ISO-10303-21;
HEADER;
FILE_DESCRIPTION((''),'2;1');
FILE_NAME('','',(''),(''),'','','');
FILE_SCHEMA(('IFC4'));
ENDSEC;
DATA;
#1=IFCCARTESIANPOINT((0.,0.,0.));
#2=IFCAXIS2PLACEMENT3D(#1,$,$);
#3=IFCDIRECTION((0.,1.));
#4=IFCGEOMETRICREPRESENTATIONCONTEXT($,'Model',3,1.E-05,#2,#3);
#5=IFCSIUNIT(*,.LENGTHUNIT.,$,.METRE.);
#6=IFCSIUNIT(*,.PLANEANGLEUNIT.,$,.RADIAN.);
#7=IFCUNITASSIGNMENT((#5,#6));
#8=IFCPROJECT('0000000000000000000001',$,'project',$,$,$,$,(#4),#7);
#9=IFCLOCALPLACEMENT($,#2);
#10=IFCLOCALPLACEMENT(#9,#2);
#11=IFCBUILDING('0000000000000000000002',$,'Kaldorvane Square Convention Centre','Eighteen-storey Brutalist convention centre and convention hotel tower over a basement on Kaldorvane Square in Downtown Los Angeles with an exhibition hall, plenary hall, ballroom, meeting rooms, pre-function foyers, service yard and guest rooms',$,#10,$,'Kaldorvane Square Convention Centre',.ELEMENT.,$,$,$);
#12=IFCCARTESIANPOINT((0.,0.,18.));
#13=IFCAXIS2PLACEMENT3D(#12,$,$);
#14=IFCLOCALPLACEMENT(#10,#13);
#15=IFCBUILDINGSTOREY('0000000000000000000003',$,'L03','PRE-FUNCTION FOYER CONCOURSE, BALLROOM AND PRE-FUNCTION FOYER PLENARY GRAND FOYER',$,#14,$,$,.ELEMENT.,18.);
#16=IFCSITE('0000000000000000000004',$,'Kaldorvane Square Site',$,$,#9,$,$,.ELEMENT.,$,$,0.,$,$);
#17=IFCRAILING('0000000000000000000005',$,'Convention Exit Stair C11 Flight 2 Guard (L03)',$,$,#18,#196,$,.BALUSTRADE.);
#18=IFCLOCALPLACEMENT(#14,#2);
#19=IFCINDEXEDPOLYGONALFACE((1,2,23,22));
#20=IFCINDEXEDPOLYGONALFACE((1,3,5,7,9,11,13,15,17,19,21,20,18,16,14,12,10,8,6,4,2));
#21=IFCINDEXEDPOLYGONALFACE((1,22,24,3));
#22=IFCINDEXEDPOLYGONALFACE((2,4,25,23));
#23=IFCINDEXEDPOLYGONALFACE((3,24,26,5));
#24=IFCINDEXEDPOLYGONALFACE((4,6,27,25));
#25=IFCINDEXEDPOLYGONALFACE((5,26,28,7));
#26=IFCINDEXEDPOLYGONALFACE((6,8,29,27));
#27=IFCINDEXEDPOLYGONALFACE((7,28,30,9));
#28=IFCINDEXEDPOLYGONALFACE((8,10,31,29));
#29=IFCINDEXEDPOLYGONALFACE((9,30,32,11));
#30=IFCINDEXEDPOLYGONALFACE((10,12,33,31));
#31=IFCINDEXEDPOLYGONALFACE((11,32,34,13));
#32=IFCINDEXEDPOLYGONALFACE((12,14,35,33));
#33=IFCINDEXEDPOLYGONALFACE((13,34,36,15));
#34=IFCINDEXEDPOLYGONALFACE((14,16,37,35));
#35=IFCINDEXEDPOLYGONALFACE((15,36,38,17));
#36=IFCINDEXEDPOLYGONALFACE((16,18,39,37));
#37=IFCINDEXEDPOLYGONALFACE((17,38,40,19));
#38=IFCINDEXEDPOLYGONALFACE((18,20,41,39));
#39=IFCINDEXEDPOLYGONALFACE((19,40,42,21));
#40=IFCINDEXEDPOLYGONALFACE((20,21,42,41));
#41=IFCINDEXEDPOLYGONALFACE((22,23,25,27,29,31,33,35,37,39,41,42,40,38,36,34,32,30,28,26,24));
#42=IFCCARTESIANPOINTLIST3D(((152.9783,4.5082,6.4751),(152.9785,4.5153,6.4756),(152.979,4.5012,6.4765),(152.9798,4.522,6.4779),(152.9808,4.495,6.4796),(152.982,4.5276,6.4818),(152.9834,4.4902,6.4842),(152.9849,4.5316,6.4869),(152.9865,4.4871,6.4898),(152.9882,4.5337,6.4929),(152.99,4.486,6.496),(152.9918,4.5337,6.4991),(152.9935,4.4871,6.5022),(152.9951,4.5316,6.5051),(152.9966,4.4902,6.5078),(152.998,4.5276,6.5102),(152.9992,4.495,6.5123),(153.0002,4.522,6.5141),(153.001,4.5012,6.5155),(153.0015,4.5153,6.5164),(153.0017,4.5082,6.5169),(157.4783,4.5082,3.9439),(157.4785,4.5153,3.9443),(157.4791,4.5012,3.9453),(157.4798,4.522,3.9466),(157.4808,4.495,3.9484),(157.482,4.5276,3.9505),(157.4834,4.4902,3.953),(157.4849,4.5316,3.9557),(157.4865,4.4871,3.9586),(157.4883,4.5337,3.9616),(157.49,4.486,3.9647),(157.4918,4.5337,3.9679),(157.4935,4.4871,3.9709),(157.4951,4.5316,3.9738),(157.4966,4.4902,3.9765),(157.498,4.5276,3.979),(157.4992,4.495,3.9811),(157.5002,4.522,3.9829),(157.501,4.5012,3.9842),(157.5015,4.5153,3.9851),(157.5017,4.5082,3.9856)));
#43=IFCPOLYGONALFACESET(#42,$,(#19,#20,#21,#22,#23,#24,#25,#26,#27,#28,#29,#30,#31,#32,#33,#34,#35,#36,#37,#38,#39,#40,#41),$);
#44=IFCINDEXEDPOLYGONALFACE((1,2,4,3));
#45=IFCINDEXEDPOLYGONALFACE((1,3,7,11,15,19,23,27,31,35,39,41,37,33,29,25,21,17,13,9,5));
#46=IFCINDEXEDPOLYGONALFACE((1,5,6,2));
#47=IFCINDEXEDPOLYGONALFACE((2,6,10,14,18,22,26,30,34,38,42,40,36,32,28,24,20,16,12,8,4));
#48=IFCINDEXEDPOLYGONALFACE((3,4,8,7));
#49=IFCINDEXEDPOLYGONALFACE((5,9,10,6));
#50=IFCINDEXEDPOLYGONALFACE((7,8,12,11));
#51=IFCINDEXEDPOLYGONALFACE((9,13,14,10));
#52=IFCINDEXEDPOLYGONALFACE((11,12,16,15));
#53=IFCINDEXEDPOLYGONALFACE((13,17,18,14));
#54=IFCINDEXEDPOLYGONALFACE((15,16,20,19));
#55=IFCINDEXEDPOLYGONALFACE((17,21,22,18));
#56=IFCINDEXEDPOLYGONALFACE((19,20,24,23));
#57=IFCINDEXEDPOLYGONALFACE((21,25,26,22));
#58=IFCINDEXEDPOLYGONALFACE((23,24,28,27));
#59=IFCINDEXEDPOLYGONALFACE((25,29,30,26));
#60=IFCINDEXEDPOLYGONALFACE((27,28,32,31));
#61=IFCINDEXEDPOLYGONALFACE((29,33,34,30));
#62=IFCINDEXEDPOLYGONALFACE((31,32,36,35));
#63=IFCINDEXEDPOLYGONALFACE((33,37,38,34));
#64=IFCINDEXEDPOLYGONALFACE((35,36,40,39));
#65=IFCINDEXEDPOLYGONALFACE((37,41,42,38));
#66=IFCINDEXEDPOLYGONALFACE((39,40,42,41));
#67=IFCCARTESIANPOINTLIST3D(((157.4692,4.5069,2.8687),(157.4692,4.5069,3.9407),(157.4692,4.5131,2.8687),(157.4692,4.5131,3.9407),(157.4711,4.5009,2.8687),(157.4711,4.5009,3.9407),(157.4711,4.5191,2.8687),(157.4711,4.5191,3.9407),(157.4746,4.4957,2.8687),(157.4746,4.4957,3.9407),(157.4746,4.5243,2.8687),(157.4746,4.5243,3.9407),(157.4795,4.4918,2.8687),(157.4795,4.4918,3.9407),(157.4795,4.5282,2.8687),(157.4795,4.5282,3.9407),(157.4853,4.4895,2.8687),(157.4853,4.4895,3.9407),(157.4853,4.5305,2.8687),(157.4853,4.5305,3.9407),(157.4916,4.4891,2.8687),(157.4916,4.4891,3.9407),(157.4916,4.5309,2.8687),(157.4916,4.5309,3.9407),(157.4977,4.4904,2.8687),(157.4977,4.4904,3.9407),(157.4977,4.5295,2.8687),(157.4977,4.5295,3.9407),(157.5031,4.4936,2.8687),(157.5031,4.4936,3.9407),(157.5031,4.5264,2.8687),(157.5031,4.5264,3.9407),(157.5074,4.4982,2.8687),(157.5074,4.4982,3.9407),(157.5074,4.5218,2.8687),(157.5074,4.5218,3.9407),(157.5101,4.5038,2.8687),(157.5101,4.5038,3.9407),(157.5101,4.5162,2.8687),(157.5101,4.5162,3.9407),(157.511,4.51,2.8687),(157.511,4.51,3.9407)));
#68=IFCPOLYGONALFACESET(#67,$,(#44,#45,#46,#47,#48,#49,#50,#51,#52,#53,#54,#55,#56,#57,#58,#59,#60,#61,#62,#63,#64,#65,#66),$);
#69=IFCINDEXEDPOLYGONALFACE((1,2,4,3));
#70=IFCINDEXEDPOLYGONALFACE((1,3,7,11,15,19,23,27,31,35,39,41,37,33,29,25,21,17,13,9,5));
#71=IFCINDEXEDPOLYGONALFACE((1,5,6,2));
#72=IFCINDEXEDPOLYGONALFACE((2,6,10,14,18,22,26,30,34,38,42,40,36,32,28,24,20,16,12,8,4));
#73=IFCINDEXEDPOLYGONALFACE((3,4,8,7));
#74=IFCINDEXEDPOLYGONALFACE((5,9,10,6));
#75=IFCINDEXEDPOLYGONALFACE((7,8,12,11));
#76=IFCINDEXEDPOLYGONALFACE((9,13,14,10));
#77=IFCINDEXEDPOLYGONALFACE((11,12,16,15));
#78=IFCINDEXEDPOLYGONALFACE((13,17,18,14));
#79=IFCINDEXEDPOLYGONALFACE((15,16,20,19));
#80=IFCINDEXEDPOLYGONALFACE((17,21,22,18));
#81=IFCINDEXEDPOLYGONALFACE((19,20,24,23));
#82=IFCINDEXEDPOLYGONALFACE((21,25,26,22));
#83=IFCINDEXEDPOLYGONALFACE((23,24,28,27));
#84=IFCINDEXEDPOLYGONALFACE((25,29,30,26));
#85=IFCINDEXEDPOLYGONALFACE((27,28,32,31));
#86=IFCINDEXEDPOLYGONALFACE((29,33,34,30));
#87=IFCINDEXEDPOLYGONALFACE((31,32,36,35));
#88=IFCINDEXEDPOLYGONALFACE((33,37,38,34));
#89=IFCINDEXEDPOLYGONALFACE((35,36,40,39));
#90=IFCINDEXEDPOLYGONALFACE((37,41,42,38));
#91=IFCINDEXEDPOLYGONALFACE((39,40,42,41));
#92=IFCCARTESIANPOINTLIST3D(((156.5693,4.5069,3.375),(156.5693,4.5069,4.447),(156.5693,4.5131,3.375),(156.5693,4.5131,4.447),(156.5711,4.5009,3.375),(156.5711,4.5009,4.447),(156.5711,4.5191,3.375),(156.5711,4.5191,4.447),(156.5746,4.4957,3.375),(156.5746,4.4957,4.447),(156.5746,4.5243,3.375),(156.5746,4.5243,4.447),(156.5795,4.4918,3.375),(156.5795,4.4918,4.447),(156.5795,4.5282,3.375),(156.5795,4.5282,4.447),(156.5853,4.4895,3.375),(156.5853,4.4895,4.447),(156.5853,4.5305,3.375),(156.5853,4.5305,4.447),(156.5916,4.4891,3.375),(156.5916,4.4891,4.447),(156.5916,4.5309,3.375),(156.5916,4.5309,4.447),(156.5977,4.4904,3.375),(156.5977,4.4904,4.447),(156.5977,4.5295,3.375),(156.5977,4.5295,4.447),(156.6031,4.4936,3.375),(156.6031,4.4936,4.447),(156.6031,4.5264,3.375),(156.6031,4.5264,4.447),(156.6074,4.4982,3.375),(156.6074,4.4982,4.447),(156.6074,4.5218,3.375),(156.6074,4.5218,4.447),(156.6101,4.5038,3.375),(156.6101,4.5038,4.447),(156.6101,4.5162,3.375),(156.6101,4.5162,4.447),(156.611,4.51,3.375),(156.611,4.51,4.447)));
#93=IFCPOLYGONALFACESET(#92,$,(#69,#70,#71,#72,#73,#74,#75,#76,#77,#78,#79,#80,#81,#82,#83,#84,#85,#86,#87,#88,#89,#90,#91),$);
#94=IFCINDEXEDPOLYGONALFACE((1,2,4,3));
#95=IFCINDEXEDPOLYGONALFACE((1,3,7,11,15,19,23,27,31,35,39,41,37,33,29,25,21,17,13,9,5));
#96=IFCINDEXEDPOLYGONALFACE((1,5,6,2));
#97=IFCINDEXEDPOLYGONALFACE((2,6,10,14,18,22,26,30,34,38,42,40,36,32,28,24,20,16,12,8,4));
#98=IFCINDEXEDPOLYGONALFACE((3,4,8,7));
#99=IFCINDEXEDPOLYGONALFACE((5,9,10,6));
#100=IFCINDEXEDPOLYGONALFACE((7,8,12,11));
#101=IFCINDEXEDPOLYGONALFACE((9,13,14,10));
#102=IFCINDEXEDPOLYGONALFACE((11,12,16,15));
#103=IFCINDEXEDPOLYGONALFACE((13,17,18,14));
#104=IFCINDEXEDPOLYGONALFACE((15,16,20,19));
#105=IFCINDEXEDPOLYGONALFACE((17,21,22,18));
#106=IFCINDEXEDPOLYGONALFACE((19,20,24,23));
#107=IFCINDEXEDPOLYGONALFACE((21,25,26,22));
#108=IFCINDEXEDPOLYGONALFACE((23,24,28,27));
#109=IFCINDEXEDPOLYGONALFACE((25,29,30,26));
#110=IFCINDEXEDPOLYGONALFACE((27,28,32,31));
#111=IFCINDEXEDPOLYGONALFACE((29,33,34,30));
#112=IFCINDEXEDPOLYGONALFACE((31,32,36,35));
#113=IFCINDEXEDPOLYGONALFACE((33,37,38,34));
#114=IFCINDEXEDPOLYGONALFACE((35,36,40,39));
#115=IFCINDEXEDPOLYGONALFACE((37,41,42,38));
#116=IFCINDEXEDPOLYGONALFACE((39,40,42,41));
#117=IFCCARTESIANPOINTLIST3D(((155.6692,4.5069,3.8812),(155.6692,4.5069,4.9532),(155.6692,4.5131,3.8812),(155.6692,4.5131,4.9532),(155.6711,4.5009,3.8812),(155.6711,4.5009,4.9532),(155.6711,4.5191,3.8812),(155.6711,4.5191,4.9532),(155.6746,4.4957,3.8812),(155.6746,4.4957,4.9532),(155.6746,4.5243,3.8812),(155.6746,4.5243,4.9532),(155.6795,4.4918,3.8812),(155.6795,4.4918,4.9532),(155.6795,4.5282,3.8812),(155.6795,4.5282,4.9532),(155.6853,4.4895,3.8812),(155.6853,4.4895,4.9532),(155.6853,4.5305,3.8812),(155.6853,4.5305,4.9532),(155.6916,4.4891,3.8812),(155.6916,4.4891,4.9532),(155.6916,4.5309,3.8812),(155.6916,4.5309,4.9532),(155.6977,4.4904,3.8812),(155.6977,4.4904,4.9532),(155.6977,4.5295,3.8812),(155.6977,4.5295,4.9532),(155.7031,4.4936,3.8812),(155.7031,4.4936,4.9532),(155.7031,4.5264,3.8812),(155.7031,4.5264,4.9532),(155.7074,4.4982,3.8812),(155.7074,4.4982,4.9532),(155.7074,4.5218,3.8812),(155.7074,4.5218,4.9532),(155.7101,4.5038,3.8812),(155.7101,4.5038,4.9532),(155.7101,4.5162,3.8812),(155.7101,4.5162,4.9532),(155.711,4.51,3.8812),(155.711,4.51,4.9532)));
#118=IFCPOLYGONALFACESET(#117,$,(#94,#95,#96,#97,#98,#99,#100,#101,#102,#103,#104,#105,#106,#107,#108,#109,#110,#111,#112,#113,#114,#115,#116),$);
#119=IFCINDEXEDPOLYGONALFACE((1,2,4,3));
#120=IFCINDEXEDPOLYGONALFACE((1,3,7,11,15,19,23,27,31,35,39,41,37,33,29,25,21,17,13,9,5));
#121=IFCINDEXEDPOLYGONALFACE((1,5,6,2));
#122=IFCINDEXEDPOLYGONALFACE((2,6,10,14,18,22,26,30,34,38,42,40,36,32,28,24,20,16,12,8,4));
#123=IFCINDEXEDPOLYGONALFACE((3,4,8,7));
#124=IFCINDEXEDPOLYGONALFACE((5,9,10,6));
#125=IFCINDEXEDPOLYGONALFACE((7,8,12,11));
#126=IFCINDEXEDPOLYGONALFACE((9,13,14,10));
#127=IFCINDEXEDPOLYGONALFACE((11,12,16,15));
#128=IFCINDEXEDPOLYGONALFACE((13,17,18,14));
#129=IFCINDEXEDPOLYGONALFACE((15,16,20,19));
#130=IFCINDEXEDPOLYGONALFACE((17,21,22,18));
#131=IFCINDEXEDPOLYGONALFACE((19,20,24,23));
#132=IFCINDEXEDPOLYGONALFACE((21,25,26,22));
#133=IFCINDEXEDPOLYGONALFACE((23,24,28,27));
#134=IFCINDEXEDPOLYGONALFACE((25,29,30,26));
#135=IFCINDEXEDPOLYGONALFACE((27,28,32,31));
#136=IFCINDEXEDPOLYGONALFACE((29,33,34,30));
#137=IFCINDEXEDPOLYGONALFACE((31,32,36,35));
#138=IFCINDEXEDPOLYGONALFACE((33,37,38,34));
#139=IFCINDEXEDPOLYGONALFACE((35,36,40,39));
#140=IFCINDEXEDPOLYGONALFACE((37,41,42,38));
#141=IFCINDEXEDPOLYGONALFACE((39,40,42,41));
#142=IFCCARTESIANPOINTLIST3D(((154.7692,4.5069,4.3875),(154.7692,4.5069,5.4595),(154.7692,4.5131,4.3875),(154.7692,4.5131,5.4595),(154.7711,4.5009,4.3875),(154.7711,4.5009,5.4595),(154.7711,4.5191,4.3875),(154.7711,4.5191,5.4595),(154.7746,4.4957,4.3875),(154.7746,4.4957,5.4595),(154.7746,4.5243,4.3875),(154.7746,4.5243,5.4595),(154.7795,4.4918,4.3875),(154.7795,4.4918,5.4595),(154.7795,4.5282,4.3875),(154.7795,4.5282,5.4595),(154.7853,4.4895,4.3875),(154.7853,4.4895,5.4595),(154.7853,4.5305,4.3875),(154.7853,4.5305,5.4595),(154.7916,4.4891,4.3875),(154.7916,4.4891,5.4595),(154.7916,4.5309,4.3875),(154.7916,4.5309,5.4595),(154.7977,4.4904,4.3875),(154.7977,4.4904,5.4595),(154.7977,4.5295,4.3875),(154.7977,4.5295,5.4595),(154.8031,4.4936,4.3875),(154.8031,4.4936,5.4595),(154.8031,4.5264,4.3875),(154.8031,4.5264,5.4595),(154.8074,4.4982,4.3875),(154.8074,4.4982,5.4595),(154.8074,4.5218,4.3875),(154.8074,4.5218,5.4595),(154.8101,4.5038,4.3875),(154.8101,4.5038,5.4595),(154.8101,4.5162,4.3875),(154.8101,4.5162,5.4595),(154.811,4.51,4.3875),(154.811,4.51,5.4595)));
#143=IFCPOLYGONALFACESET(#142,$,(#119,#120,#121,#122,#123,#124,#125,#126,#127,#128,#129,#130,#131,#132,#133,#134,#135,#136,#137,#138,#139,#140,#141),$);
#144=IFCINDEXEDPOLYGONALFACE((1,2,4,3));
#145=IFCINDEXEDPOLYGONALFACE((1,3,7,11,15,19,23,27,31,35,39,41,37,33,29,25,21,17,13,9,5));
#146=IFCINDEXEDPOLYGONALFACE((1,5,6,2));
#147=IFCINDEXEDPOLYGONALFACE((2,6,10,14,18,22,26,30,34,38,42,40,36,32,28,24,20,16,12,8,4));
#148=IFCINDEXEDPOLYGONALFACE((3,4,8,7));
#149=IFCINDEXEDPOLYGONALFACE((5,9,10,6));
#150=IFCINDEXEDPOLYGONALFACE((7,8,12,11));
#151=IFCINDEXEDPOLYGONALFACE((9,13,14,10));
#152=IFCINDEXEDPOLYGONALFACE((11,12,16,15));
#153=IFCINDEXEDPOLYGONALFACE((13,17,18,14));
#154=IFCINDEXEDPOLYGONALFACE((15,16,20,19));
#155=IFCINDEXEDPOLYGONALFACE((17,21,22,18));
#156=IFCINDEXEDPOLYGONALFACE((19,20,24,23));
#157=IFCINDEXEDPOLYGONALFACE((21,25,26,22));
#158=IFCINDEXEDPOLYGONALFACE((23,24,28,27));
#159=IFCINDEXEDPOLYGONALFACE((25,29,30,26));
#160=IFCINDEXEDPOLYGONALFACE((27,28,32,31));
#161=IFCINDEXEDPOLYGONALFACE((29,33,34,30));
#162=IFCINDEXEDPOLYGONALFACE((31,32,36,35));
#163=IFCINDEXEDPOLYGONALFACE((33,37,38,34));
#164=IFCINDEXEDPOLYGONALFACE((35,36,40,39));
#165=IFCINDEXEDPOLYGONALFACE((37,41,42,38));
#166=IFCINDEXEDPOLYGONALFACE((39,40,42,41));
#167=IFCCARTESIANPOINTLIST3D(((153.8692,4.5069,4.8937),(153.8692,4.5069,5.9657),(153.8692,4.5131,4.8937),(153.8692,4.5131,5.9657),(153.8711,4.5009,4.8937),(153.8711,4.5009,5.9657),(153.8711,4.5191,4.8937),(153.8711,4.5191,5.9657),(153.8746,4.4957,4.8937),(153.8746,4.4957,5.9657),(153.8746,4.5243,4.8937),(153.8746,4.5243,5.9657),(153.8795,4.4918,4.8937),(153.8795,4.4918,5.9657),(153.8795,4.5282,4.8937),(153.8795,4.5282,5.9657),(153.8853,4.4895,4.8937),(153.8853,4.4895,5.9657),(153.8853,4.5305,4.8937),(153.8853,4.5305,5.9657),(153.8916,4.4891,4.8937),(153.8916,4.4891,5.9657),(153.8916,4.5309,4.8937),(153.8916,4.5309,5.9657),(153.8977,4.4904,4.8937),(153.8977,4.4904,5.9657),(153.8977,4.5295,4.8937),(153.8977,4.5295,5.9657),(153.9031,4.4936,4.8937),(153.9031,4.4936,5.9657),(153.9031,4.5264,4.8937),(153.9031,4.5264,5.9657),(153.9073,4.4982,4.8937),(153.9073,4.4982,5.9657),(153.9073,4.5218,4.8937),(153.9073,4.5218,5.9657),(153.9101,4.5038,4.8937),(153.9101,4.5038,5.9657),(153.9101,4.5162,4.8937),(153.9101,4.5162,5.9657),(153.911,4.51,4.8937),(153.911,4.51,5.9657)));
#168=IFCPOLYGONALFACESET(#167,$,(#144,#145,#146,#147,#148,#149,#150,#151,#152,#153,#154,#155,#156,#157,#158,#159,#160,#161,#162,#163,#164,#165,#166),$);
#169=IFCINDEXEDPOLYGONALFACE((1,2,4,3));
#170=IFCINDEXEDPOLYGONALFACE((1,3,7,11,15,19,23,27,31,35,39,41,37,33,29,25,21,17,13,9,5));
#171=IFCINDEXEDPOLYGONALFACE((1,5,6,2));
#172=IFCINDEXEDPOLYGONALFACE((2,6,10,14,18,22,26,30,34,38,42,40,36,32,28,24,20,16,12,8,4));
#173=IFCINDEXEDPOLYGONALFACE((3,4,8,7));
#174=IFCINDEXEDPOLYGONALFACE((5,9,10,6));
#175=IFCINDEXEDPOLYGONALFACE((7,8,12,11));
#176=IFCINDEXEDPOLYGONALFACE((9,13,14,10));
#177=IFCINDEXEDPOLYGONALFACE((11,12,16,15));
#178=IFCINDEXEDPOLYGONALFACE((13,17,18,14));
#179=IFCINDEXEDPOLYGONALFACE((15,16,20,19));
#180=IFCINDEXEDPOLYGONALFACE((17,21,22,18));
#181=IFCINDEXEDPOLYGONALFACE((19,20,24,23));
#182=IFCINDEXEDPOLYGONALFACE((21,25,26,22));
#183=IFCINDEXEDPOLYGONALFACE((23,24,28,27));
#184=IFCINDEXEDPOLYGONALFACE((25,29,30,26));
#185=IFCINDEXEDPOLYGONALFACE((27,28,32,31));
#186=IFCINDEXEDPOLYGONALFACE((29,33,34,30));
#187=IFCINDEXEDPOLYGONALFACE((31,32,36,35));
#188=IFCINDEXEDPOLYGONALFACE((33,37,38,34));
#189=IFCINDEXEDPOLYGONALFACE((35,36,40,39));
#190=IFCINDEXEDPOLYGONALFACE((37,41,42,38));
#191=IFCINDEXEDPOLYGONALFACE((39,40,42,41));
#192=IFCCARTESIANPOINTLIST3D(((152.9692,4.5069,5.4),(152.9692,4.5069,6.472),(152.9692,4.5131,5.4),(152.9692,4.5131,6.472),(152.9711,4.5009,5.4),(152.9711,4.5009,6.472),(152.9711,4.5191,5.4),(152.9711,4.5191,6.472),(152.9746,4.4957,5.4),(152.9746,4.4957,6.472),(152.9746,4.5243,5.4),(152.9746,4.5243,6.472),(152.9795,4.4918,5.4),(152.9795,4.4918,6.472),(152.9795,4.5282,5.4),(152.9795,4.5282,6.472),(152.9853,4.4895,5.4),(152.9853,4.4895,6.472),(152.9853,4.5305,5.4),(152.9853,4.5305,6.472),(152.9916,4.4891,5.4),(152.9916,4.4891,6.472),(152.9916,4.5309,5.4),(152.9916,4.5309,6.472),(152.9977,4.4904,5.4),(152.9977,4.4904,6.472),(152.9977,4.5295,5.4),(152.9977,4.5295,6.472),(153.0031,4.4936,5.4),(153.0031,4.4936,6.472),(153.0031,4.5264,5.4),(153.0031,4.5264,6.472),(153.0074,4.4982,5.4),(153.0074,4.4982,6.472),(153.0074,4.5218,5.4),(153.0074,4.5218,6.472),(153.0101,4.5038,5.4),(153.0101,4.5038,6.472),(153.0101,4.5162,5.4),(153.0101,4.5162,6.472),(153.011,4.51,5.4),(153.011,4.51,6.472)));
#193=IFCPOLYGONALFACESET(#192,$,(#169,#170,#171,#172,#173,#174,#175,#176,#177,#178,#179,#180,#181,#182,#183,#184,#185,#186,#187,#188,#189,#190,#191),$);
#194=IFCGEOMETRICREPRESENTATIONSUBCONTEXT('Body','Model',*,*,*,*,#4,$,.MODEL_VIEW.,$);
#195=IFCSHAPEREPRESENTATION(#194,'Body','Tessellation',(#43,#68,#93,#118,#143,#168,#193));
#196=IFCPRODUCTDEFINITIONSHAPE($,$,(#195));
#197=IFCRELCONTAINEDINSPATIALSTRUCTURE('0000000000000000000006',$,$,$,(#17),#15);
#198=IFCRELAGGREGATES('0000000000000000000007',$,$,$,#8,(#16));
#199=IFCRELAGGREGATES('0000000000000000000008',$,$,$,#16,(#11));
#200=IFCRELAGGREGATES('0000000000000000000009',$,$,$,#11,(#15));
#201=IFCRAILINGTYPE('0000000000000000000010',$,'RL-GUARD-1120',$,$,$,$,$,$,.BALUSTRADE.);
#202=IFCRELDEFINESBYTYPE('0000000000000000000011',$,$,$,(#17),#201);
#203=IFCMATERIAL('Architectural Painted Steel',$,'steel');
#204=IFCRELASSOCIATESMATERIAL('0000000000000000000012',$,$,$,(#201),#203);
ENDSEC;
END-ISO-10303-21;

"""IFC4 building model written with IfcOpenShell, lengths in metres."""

from ifc_helpers import new_model, si_unit, direction, frame, origin, origin_2d, place, context, subcontext, project, spatial, circle, extrude, material, type_object, element, save


model = new_model("IFC4")

# Units and contexts
model_context = context("Model", 3, precision=1e-05, world=origin(), true_north=direction((0.0, 1.0)))
body_context = subcontext(model_context, "Body", "Model", "MODEL_VIEW")
ifc_project = project(units=[si_unit("LENGTHUNIT", "METRE"), si_unit("PLANEANGLEUNIT", "RADIAN")], contexts=[model_context])

# Site, building, storey
site_placement = place(None, origin())
site = spatial("IfcSite", under=ifc_project, at=site_placement, Name="Kaldorvane Square Site", CompositionType="ELEMENT", RefElevation=0.0)
building_placement = place(site_placement, origin())
building = spatial("IfcBuilding", under=site, at=building_placement, Name="Kaldorvane Square Convention Centre", Description="Eighteen-storey Brutalist convention centre and convention hotel tower over a basement on Kaldorvane Square in Downtown Los Angeles with an exhibition hall, plenary hall, ballroom, meeting rooms, pre-function foyers, service yard and guest rooms", LongName="Kaldorvane Square Convention Centre", CompositionType="ELEMENT")
storey_placement = place(building_placement, frame((0.0, 0.0, 18.0)))
storey = spatial("IfcBuildingStorey", under=building, at=storey_placement, Name="L03", Description="PRE-FUNCTION FOYER CONCOURSE, BALLROOM AND PRE-FUNCTION FOYER PLENARY GRAND FOYER", CompositionType="ELEMENT", Elevation=18.0)

# Railing
ifc_material_1 = material(Name="Architectural Painted Steel", Category="steel")
railing_type_1 = type_object("IfcRailingType", Name="RL-GUARD-1120", PredefinedType="BALUSTRADE", material=ifc_material_1)
railing_1_placement = place(storey_placement, frame((157.49, 4.51, 2.8687)))
element("IfcRailing", 1, at=railing_1_placement, inside=storey, type_object=railing_type_1, Name="Convention Exit Stair C11 Flight 2 Guard (L03)", PredefinedType="BALUSTRADE", context=body_context, shape_type="SweptSolid", body=[
    extrude(circle(Radius=0.024, at=origin_2d()), frame((0.0, 0.0, 1.096), z_axis=(-0.871576, 0.0, 0.490261), x_axis=(0.0, -1.0, 0.0)), (0.0, 0.0, 1.0), 5.1631),
    extrude(circle(Radius=0.021, at=origin_2d()), origin(), (0.0, 0.0, 1.0), 1.072),
    extrude(circle(Radius=0.021, at=origin_2d()), frame((-0.9, 0.0, 0.5063)), (0.0, 0.0, 1.0), 1.072),
    extrude(circle(Radius=0.021, at=origin_2d()), frame((-1.8, 0.0, 1.0125)), (0.0, 0.0, 1.0), 1.072),
    extrude(circle(Radius=0.021, at=origin_2d()), frame((-2.7, 0.0, 1.5188)), (0.0, 0.0, 1.0), 1.072),
    extrude(circle(Radius=0.021, at=origin_2d()), frame((-3.6, 0.0, 2.025)), (0.0, 0.0, 1.0), 1.072),
    extrude(circle(Radius=0.021, at=origin_2d()), frame((-4.5, 0.0, 2.5312)), (0.0, 0.0, 1.0), 1.072),
])

save(model, "model.ifc")
